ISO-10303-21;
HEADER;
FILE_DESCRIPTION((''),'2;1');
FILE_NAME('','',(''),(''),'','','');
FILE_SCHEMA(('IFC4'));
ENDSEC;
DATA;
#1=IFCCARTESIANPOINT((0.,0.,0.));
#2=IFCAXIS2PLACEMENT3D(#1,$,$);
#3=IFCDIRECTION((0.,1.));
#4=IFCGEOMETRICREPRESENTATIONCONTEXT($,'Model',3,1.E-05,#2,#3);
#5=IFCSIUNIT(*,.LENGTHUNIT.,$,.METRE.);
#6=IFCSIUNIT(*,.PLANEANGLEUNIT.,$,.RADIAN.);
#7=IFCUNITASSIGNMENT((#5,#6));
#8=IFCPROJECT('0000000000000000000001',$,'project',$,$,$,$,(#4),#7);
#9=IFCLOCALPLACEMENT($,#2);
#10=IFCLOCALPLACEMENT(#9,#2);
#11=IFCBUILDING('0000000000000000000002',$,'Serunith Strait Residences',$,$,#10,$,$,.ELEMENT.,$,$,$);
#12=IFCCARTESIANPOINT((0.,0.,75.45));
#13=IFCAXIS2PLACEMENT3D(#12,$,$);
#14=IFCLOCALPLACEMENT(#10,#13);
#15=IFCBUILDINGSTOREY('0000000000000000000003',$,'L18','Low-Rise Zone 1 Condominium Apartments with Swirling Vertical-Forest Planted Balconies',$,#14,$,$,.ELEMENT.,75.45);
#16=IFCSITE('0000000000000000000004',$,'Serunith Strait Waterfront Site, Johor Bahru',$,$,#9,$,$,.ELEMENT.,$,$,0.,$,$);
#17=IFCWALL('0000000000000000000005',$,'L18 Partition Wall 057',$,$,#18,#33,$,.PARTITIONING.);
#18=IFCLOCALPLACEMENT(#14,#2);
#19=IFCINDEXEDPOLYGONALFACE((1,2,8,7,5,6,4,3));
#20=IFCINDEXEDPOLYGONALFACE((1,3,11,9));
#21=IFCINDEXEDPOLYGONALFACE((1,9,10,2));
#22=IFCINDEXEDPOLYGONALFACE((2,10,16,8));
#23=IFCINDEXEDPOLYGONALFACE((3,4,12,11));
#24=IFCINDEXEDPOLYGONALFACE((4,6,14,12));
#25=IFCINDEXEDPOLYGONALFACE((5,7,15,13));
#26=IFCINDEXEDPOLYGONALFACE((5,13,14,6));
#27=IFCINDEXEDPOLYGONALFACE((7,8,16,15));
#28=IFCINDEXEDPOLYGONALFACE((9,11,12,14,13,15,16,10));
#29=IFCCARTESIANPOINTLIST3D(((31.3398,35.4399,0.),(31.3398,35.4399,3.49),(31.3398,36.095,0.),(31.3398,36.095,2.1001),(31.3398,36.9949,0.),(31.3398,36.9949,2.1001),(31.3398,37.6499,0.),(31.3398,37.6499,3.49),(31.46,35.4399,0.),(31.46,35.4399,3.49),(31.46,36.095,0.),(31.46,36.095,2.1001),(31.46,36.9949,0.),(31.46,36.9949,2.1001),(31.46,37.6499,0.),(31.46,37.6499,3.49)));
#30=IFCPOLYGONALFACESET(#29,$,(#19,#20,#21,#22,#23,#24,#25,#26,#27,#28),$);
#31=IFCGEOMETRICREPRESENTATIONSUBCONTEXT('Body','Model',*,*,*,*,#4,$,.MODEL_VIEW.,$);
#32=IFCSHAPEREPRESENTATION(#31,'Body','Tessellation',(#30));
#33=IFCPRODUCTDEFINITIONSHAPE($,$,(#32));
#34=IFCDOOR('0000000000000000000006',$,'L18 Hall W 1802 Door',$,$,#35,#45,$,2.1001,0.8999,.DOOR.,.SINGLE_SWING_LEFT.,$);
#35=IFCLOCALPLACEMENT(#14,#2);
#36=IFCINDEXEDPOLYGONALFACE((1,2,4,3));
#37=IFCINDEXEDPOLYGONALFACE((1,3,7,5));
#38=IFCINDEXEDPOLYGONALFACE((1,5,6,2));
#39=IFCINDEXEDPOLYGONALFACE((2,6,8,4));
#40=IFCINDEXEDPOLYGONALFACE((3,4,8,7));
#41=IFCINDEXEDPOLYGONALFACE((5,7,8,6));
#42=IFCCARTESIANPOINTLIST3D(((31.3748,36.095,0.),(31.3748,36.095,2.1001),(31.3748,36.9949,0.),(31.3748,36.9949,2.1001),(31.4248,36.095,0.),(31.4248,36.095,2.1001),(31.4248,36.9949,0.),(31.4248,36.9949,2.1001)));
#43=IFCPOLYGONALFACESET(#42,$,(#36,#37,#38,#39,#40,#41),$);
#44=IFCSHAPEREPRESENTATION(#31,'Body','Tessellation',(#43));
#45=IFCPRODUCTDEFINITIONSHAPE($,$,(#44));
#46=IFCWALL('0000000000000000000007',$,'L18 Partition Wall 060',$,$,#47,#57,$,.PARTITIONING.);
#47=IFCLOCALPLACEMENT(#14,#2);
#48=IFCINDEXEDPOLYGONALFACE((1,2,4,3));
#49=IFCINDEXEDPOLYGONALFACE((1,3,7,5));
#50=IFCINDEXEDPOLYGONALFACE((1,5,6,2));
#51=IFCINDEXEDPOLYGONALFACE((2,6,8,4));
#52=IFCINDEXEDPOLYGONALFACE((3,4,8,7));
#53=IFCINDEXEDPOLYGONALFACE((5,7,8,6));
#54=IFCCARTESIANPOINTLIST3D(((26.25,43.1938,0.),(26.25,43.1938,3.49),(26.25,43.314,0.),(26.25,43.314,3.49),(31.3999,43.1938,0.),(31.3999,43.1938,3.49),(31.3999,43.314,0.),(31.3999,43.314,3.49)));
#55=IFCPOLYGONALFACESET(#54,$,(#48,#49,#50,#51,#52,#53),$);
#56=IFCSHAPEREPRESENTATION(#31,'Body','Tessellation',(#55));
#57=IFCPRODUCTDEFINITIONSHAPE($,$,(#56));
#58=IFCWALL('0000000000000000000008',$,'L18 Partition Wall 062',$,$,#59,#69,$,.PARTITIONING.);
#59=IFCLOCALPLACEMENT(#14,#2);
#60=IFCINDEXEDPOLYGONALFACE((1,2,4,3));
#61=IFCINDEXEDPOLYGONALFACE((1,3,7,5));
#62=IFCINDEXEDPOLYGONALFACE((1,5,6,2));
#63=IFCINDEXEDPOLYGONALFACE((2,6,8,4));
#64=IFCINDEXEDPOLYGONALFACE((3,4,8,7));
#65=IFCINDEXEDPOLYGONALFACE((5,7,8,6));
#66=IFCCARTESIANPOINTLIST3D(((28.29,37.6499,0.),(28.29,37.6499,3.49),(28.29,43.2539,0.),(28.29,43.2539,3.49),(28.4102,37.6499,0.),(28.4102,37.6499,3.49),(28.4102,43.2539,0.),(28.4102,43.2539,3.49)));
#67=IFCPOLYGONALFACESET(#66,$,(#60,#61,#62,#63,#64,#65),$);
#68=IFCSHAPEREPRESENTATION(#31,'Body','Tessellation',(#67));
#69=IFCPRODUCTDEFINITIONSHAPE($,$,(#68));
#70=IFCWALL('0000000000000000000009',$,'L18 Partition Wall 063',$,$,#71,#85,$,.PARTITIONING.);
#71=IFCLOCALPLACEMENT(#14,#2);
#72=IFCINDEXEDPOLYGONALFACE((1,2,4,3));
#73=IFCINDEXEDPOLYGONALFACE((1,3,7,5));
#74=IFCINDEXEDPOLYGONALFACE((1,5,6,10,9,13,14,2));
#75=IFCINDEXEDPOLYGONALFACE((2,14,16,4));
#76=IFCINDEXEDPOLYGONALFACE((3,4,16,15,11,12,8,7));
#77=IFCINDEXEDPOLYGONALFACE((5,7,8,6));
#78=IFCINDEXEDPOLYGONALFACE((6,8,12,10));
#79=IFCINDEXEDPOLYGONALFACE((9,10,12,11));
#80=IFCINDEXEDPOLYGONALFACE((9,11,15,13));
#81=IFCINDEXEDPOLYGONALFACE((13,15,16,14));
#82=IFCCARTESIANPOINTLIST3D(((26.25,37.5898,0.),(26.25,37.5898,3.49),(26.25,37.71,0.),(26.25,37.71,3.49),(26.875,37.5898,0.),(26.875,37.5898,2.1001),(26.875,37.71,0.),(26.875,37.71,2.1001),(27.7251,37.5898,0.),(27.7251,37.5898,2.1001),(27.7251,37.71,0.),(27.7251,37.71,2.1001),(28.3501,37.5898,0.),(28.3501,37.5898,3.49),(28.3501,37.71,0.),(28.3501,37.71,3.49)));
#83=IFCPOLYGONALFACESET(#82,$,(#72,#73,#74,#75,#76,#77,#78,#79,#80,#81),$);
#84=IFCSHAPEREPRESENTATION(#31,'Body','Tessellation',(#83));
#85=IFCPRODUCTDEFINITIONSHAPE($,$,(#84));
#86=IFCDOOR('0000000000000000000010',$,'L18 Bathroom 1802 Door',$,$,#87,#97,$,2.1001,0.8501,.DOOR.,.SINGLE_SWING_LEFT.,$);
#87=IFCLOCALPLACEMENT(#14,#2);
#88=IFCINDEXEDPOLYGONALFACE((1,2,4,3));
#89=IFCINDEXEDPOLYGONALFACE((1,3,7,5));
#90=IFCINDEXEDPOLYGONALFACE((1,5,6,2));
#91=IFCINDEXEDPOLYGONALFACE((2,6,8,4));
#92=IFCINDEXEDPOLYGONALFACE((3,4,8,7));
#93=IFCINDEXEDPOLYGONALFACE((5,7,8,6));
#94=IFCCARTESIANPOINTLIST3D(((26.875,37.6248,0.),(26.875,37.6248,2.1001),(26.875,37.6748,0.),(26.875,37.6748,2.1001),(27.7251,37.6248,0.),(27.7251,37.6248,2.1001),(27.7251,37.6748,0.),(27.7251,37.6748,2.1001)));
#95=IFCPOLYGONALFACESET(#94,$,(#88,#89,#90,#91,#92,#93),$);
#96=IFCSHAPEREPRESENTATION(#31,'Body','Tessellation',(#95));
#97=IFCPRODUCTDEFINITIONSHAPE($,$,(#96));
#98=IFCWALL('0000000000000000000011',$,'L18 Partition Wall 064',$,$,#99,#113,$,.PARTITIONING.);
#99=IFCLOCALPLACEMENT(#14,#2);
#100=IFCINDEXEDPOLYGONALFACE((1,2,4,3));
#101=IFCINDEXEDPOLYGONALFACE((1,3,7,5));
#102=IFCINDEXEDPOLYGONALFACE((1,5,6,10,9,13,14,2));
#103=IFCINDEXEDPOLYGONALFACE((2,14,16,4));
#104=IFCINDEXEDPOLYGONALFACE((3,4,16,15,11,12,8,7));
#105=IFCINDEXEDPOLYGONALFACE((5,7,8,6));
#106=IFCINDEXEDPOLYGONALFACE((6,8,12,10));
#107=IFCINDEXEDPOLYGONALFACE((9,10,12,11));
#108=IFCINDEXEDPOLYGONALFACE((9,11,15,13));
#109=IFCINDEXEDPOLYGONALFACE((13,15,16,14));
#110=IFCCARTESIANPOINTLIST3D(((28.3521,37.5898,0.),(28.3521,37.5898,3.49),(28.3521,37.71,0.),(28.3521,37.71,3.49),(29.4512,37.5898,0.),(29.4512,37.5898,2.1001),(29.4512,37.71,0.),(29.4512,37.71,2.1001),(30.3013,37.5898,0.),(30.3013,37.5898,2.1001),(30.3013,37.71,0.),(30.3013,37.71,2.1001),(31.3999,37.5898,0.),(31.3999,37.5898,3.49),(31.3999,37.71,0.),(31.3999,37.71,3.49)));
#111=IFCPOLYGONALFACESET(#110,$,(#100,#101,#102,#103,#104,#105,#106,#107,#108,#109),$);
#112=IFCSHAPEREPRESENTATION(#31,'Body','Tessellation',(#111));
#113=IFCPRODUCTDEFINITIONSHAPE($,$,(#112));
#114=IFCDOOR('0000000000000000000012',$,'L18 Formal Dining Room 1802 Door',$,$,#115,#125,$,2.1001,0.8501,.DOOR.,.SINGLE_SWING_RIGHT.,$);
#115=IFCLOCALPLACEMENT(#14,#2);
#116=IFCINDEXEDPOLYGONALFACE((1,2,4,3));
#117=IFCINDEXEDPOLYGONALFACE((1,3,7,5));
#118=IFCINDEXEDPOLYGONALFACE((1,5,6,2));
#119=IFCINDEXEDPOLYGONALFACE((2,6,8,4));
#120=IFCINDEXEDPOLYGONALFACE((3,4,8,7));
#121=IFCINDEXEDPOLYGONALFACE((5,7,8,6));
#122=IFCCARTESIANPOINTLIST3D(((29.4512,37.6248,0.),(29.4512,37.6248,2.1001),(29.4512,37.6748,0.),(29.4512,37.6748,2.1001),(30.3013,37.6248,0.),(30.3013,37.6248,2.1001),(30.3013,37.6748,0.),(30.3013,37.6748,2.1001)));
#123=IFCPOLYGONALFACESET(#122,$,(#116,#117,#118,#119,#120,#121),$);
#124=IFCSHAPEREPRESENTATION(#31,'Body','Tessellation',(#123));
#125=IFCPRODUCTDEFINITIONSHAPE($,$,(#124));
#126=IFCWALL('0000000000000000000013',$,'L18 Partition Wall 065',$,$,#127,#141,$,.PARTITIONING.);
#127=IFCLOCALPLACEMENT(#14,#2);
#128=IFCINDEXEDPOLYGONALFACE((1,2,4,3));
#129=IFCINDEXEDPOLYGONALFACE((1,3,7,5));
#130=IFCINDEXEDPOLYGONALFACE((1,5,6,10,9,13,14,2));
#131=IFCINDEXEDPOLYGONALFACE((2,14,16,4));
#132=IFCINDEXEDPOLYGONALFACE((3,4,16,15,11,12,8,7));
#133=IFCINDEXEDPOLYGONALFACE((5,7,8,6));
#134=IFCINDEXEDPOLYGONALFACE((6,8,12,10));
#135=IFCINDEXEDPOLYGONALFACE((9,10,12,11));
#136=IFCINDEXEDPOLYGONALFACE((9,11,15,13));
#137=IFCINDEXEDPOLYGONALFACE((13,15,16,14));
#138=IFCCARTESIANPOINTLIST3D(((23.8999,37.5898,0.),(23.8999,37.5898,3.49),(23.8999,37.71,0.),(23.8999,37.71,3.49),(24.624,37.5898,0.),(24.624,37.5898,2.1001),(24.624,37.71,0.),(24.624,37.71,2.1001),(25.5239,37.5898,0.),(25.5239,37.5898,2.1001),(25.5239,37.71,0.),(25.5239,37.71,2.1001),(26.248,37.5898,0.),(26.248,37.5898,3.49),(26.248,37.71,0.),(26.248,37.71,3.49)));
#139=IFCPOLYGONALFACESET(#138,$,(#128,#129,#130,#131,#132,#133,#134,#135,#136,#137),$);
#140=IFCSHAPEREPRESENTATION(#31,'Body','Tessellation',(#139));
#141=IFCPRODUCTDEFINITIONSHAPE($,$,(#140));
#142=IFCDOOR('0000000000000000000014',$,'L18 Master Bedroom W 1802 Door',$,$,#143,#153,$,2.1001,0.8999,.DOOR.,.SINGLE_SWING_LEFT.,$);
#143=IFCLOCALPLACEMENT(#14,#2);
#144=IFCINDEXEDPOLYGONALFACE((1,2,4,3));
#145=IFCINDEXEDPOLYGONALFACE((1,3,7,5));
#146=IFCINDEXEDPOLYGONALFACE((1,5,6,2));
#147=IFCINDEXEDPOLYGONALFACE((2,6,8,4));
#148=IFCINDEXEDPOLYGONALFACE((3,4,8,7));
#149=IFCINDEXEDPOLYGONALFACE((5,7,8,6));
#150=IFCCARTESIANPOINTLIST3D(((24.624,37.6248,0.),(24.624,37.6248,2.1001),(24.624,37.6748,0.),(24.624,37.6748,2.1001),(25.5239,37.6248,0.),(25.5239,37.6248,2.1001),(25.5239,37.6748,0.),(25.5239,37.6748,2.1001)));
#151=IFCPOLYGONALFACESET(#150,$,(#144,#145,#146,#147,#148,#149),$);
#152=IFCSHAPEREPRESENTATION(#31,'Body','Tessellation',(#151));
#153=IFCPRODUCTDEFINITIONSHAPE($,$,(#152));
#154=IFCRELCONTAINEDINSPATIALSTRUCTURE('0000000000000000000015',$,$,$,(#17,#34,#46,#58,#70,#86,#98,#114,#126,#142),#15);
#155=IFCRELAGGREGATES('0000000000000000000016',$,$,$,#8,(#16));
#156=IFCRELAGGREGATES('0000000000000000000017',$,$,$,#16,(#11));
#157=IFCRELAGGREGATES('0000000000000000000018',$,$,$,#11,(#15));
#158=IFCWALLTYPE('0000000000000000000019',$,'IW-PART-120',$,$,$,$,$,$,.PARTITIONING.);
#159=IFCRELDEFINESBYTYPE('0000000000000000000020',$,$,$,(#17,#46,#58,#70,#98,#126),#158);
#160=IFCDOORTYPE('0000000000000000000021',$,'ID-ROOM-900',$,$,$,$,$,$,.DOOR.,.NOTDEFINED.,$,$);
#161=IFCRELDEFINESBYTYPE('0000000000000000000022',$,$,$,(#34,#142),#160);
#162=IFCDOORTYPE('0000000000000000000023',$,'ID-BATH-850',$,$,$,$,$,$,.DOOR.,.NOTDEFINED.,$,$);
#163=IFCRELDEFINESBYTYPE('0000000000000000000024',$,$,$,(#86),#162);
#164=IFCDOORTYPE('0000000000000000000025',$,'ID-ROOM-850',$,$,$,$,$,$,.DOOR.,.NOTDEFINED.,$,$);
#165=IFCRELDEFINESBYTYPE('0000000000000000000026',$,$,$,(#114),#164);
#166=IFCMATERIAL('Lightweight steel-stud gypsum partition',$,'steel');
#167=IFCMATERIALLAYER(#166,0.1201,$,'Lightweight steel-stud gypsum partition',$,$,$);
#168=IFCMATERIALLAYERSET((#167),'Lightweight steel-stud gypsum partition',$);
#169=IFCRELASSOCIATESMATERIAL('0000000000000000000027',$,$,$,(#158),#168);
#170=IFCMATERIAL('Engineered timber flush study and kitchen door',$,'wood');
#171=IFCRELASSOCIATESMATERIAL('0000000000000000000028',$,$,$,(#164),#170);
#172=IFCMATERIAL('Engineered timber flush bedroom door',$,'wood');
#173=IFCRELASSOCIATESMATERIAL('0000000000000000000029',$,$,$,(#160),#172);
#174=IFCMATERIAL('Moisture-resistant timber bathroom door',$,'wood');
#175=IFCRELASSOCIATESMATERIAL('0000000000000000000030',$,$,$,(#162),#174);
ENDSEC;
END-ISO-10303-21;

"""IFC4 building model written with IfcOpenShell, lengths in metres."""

from ifc_helpers import new_model, si_unit, direction, frame, frame_2d, origin, place, context, subcontext, project, spatial, rectangle, extrude, source, transform, mapped, material, layer, layer_set, type_object, element, fill, save


model = new_model("IFC4")

# Units and contexts
model_context = context("Model", 3, precision=1e-05, world=origin(), true_north=direction((0.0, 1.0)))
body_context = subcontext(model_context, "Body", "Model", "MODEL_VIEW")
ifc_project = project(units=[si_unit("LENGTHUNIT", "METRE"), si_unit("PLANEANGLEUNIT", "RADIAN")], contexts=[model_context])

# Site, building, storey
site_placement = place(None, origin())
site = spatial("IfcSite", under=ifc_project, at=site_placement, Name="Serunith Strait Waterfront Site, Johor Bahru", CompositionType="ELEMENT", RefElevation=0.0)
building_placement = place(site_placement, origin())
building = spatial("IfcBuilding", under=site, at=building_placement, Name="Serunith Strait Residences", CompositionType="ELEMENT")
storey_placement = place(building_placement, frame((0.0, 0.0, 75.45)))
storey = spatial("IfcBuildingStorey", under=building, at=storey_placement, Name="L18", Description="Low-Rise Zone 1 Condominium Apartments with Swirling Vertical-Forest Planted Balconies", CompositionType="ELEMENT", Elevation=75.45)

# Wall, opening, door
ifc_material_1 = material(Name="Lightweight steel-stud gypsum partition", Category="steel")
ifc_layer_1 = layer(ifc_material_1, 0.1201, Name="Lightweight steel-stud gypsum partition")
ifc_layer_set_1 = layer_set([ifc_layer_1], Name="Lightweight steel-stud gypsum partition")
wall_type_1 = type_object("IfcWallType", Name="IW-PART-120", PredefinedType="PARTITIONING", material=ifc_layer_set_1)
ifc_material_2 = material(Name="Engineered timber flush study and kitchen door", Category="wood")
door_type_1 = type_object("IfcDoorType", Name="ID-ROOM-850", OperationType="NOTDEFINED", PredefinedType="DOOR", material=ifc_material_2)
shared_shape_1 = source(origin(), body_context, "Body", "SweptSolid", [
    extrude(rectangle(XDim=0.8501, YDim=2.1001, at=frame_2d((0.425, 1.05))), frame((0.0, 0.0249, 0.0), z_axis=(0.0, -1.0, 0.0), x_axis=(1.0, 0.0, 0.0)), (0.0, 0.0, 1.0), 0.05),
])
wall_1_placement = place(storey_placement, frame((31.3999, 37.6499, 0.0), z_axis=(0.0, 0.0, 1.0), x_axis=(0.0, -1.0, 0.0)))
wall_1 = element("IfcWall", 1, at=wall_1_placement, inside=storey, type_object=wall_type_1, Name="L18 Partition Wall 057", PredefinedType="PARTITIONING", context=body_context, shape_type="SweptSolid", body=[
    extrude(rectangle(XDim=2.21, YDim=0.1201, at=frame_2d((1.105, 0.0))), origin(), (0.0, 0.0, 1.0), 3.49),
])
opening_1_placement = place(wall_1_placement, frame((0.655, 0.0, 0.0)))
opening_1 = element("IfcOpeningElement", 2, at=opening_1_placement, cuts=wall_1, PredefinedType="OPENING", context=body_context, shape_type="SweptSolid", body=[
    extrude(rectangle(XDim=0.8999, YDim=2.1001, at=frame_2d((0.45, 1.05))), frame((0.0, 0.0701, 0.0), z_axis=(0.0, -1.0, 0.0), x_axis=(1.0, 0.0, 0.0)), (0.0, 0.0, 1.0), 0.1401),
])
ifc_material_3 = material(Name="Engineered timber flush bedroom door", Category="wood")
door_type_2 = type_object("IfcDoorType", Name="ID-ROOM-900", OperationType="NOTDEFINED", PredefinedType="DOOR", material=ifc_material_3)
shared_shape_2 = source(origin(), body_context, "Body", "SweptSolid", [
    extrude(rectangle(XDim=0.8999, YDim=2.1001, at=frame_2d((0.45, 1.05))), frame((0.0, 0.0249, 0.0), z_axis=(0.0, -1.0, 0.0), x_axis=(1.0, 0.0, 0.0)), (0.0, 0.0, 1.0), 0.05),
])
door_1_placement = place(opening_1_placement, origin())
door_1 = element("IfcDoor", 3, at=door_1_placement, inside=storey, type_object=door_type_2, Name="L18 Hall W 1802 Door", OperationType="SINGLE_SWING_LEFT", OverallHeight=2.1001, OverallWidth=0.8999, PredefinedType="DOOR", context=body_context, shape_type="MappedRepresentation", body=[
    mapped(shared_shape_2, transform((0.0, 0.0, 0.0), scale=1.0)),
])
fill(opening_1, door_1)

# Walls
wall_2_placement = place(storey_placement, frame((26.25, 43.2539, 0.0), z_axis=(0.0, 0.0, 1.0), x_axis=(1.0, 0.0, 0.0)))
element("IfcWall", 4, at=wall_2_placement, inside=storey, type_object=wall_type_1, Name="L18 Partition Wall 060", PredefinedType="PARTITIONING", context=body_context, shape_type="SweptSolid", body=[
    extrude(rectangle(XDim=5.1499, YDim=0.1201, at=frame_2d((2.575, 0.0))), origin(), (0.0, 0.0, 1.0), 3.49),
])
wall_3_placement = place(storey_placement, frame((28.3501, 43.2539, 0.0), z_axis=(0.0, 0.0, 1.0), x_axis=(0.0, -1.0, 0.0)))
element("IfcWall", 5, at=wall_3_placement, inside=storey, type_object=wall_type_1, Name="L18 Partition Wall 062", PredefinedType="PARTITIONING", context=body_context, shape_type="SweptSolid", body=[
    extrude(rectangle(XDim=5.604, YDim=0.1201, at=frame_2d((2.802, 0.0))), origin(), (0.0, 0.0, 1.0), 3.49),
])

# Walls, openings, doors
wall_4_placement = place(storey_placement, frame((26.25, 37.6499, 0.0), z_axis=(0.0, 0.0, 1.0), x_axis=(1.0, 0.0, 0.0)))
wall_4 = element("IfcWall", 6, at=wall_4_placement, inside=storey, type_object=wall_type_1, Name="L18 Partition Wall 063", PredefinedType="PARTITIONING", context=body_context, shape_type="SweptSolid", body=[
    extrude(rectangle(XDim=2.1001, YDim=0.1201, at=frame_2d((1.05, 0.0))), origin(), (0.0, 0.0, 1.0), 3.49),
])
opening_2_placement = place(wall_4_placement, frame((0.625, 0.0, 0.0)))
opening_2 = element("IfcOpeningElement", 7, at=opening_2_placement, cuts=wall_4, PredefinedType="OPENING", context=body_context, shape_type="SweptSolid", body=[
    extrude(rectangle(XDim=0.8501, YDim=2.1001, at=frame_2d((0.425, 1.05))), frame((0.0, 0.0701, 0.0), z_axis=(0.0, -1.0, 0.0), x_axis=(1.0, 0.0, 0.0)), (0.0, 0.0, 1.0), 0.1401),
])
ifc_material_4 = material(Name="Moisture-resistant timber bathroom door", Category="wood")
door_type_3 = type_object("IfcDoorType", Name="ID-BATH-850", OperationType="NOTDEFINED", PredefinedType="DOOR", material=ifc_material_4)
door_2_placement = place(opening_2_placement, origin())
door_2 = element("IfcDoor", 8, at=door_2_placement, inside=storey, type_object=door_type_3, Name="L18 Bathroom 1802 Door", OperationType="SINGLE_SWING_LEFT", OverallHeight=2.1001, OverallWidth=0.8501, PredefinedType="DOOR", context=body_context, shape_type="MappedRepresentation", body=[
    mapped(shared_shape_1, transform((0.0, 0.0, 0.0), scale=1.0)),
])
fill(opening_2, door_2)
wall_5_placement = place(storey_placement, frame((28.3521, 37.6499, 0.0), z_axis=(0.0, 0.0, 1.0), x_axis=(1.0, 0.0, 0.0)))
wall_5 = element("IfcWall", 9, at=wall_5_placement, inside=storey, type_object=wall_type_1, Name="L18 Partition Wall 064", PredefinedType="PARTITIONING", context=body_context, shape_type="SweptSolid", body=[
    extrude(rectangle(XDim=3.0479, YDim=0.1201, at=frame_2d((1.5239, 0.0))), origin(), (0.0, 0.0, 1.0), 3.49),
])
opening_3_placement = place(wall_5_placement, frame((1.0991, 0.0, 0.0)))
opening_3 = element("IfcOpeningElement", 10, at=opening_3_placement, cuts=wall_5, PredefinedType="OPENING", context=body_context, shape_type="SweptSolid", body=[
    extrude(rectangle(XDim=0.8501, YDim=2.1001, at=frame_2d((0.425, 1.05))), frame((0.0, 0.0701, 0.0), z_axis=(0.0, -1.0, 0.0), x_axis=(1.0, 0.0, 0.0)), (0.0, 0.0, 1.0), 0.1401),
])
door_3_placement = place(opening_3_placement, origin())
door_3 = element("IfcDoor", 11, at=door_3_placement, inside=storey, type_object=door_type_1, Name="L18 Formal Dining Room 1802 Door", OperationType="SINGLE_SWING_RIGHT", OverallHeight=2.1001, OverallWidth=0.8501, PredefinedType="DOOR", context=body_context, shape_type="MappedRepresentation", body=[
    mapped(shared_shape_1, transform((0.0, 0.0, 0.0), scale=1.0)),
])
fill(opening_3, door_3)
wall_6_placement = place(storey_placement, frame((23.8999, 37.6499, 0.0), z_axis=(0.0, 0.0, 1.0), x_axis=(1.0, 0.0, 0.0)))
wall_6 = element("IfcWall", 12, at=wall_6_placement, inside=storey, type_object=wall_type_1, Name="L18 Partition Wall 065", PredefinedType="PARTITIONING", context=body_context, shape_type="SweptSolid", body=[
    extrude(rectangle(XDim=2.3481, YDim=0.1201, at=frame_2d((1.1741, 0.0))), origin(), (0.0, 0.0, 1.0), 3.49),
])
opening_4_placement = place(wall_6_placement, frame((0.7241, 0.0, 0.0)))
opening_4 = element("IfcOpeningElement", 13, at=opening_4_placement, cuts=wall_6, PredefinedType="OPENING", context=body_context, shape_type="SweptSolid", body=[
    extrude(rectangle(XDim=0.8999, YDim=2.1001, at=frame_2d((0.45, 1.05))), frame((0.0, 0.0701, 0.0), z_axis=(0.0, -1.0, 0.0), x_axis=(1.0, 0.0, 0.0)), (0.0, 0.0, 1.0), 0.1401),
])
door_4_placement = place(opening_4_placement, origin())
door_4 = element("IfcDoor", 14, at=door_4_placement, inside=storey, type_object=door_type_2, Name="L18 Master Bedroom W 1802 Door", OperationType="SINGLE_SWING_LEFT", OverallHeight=2.1001, OverallWidth=0.8999, PredefinedType="DOOR", context=body_context, shape_type="MappedRepresentation", body=[
    mapped(shared_shape_2, transform((0.0, 0.0, 0.0), scale=1.0)),
])
fill(opening_4, door_4)

save(model, "model.ifc")
